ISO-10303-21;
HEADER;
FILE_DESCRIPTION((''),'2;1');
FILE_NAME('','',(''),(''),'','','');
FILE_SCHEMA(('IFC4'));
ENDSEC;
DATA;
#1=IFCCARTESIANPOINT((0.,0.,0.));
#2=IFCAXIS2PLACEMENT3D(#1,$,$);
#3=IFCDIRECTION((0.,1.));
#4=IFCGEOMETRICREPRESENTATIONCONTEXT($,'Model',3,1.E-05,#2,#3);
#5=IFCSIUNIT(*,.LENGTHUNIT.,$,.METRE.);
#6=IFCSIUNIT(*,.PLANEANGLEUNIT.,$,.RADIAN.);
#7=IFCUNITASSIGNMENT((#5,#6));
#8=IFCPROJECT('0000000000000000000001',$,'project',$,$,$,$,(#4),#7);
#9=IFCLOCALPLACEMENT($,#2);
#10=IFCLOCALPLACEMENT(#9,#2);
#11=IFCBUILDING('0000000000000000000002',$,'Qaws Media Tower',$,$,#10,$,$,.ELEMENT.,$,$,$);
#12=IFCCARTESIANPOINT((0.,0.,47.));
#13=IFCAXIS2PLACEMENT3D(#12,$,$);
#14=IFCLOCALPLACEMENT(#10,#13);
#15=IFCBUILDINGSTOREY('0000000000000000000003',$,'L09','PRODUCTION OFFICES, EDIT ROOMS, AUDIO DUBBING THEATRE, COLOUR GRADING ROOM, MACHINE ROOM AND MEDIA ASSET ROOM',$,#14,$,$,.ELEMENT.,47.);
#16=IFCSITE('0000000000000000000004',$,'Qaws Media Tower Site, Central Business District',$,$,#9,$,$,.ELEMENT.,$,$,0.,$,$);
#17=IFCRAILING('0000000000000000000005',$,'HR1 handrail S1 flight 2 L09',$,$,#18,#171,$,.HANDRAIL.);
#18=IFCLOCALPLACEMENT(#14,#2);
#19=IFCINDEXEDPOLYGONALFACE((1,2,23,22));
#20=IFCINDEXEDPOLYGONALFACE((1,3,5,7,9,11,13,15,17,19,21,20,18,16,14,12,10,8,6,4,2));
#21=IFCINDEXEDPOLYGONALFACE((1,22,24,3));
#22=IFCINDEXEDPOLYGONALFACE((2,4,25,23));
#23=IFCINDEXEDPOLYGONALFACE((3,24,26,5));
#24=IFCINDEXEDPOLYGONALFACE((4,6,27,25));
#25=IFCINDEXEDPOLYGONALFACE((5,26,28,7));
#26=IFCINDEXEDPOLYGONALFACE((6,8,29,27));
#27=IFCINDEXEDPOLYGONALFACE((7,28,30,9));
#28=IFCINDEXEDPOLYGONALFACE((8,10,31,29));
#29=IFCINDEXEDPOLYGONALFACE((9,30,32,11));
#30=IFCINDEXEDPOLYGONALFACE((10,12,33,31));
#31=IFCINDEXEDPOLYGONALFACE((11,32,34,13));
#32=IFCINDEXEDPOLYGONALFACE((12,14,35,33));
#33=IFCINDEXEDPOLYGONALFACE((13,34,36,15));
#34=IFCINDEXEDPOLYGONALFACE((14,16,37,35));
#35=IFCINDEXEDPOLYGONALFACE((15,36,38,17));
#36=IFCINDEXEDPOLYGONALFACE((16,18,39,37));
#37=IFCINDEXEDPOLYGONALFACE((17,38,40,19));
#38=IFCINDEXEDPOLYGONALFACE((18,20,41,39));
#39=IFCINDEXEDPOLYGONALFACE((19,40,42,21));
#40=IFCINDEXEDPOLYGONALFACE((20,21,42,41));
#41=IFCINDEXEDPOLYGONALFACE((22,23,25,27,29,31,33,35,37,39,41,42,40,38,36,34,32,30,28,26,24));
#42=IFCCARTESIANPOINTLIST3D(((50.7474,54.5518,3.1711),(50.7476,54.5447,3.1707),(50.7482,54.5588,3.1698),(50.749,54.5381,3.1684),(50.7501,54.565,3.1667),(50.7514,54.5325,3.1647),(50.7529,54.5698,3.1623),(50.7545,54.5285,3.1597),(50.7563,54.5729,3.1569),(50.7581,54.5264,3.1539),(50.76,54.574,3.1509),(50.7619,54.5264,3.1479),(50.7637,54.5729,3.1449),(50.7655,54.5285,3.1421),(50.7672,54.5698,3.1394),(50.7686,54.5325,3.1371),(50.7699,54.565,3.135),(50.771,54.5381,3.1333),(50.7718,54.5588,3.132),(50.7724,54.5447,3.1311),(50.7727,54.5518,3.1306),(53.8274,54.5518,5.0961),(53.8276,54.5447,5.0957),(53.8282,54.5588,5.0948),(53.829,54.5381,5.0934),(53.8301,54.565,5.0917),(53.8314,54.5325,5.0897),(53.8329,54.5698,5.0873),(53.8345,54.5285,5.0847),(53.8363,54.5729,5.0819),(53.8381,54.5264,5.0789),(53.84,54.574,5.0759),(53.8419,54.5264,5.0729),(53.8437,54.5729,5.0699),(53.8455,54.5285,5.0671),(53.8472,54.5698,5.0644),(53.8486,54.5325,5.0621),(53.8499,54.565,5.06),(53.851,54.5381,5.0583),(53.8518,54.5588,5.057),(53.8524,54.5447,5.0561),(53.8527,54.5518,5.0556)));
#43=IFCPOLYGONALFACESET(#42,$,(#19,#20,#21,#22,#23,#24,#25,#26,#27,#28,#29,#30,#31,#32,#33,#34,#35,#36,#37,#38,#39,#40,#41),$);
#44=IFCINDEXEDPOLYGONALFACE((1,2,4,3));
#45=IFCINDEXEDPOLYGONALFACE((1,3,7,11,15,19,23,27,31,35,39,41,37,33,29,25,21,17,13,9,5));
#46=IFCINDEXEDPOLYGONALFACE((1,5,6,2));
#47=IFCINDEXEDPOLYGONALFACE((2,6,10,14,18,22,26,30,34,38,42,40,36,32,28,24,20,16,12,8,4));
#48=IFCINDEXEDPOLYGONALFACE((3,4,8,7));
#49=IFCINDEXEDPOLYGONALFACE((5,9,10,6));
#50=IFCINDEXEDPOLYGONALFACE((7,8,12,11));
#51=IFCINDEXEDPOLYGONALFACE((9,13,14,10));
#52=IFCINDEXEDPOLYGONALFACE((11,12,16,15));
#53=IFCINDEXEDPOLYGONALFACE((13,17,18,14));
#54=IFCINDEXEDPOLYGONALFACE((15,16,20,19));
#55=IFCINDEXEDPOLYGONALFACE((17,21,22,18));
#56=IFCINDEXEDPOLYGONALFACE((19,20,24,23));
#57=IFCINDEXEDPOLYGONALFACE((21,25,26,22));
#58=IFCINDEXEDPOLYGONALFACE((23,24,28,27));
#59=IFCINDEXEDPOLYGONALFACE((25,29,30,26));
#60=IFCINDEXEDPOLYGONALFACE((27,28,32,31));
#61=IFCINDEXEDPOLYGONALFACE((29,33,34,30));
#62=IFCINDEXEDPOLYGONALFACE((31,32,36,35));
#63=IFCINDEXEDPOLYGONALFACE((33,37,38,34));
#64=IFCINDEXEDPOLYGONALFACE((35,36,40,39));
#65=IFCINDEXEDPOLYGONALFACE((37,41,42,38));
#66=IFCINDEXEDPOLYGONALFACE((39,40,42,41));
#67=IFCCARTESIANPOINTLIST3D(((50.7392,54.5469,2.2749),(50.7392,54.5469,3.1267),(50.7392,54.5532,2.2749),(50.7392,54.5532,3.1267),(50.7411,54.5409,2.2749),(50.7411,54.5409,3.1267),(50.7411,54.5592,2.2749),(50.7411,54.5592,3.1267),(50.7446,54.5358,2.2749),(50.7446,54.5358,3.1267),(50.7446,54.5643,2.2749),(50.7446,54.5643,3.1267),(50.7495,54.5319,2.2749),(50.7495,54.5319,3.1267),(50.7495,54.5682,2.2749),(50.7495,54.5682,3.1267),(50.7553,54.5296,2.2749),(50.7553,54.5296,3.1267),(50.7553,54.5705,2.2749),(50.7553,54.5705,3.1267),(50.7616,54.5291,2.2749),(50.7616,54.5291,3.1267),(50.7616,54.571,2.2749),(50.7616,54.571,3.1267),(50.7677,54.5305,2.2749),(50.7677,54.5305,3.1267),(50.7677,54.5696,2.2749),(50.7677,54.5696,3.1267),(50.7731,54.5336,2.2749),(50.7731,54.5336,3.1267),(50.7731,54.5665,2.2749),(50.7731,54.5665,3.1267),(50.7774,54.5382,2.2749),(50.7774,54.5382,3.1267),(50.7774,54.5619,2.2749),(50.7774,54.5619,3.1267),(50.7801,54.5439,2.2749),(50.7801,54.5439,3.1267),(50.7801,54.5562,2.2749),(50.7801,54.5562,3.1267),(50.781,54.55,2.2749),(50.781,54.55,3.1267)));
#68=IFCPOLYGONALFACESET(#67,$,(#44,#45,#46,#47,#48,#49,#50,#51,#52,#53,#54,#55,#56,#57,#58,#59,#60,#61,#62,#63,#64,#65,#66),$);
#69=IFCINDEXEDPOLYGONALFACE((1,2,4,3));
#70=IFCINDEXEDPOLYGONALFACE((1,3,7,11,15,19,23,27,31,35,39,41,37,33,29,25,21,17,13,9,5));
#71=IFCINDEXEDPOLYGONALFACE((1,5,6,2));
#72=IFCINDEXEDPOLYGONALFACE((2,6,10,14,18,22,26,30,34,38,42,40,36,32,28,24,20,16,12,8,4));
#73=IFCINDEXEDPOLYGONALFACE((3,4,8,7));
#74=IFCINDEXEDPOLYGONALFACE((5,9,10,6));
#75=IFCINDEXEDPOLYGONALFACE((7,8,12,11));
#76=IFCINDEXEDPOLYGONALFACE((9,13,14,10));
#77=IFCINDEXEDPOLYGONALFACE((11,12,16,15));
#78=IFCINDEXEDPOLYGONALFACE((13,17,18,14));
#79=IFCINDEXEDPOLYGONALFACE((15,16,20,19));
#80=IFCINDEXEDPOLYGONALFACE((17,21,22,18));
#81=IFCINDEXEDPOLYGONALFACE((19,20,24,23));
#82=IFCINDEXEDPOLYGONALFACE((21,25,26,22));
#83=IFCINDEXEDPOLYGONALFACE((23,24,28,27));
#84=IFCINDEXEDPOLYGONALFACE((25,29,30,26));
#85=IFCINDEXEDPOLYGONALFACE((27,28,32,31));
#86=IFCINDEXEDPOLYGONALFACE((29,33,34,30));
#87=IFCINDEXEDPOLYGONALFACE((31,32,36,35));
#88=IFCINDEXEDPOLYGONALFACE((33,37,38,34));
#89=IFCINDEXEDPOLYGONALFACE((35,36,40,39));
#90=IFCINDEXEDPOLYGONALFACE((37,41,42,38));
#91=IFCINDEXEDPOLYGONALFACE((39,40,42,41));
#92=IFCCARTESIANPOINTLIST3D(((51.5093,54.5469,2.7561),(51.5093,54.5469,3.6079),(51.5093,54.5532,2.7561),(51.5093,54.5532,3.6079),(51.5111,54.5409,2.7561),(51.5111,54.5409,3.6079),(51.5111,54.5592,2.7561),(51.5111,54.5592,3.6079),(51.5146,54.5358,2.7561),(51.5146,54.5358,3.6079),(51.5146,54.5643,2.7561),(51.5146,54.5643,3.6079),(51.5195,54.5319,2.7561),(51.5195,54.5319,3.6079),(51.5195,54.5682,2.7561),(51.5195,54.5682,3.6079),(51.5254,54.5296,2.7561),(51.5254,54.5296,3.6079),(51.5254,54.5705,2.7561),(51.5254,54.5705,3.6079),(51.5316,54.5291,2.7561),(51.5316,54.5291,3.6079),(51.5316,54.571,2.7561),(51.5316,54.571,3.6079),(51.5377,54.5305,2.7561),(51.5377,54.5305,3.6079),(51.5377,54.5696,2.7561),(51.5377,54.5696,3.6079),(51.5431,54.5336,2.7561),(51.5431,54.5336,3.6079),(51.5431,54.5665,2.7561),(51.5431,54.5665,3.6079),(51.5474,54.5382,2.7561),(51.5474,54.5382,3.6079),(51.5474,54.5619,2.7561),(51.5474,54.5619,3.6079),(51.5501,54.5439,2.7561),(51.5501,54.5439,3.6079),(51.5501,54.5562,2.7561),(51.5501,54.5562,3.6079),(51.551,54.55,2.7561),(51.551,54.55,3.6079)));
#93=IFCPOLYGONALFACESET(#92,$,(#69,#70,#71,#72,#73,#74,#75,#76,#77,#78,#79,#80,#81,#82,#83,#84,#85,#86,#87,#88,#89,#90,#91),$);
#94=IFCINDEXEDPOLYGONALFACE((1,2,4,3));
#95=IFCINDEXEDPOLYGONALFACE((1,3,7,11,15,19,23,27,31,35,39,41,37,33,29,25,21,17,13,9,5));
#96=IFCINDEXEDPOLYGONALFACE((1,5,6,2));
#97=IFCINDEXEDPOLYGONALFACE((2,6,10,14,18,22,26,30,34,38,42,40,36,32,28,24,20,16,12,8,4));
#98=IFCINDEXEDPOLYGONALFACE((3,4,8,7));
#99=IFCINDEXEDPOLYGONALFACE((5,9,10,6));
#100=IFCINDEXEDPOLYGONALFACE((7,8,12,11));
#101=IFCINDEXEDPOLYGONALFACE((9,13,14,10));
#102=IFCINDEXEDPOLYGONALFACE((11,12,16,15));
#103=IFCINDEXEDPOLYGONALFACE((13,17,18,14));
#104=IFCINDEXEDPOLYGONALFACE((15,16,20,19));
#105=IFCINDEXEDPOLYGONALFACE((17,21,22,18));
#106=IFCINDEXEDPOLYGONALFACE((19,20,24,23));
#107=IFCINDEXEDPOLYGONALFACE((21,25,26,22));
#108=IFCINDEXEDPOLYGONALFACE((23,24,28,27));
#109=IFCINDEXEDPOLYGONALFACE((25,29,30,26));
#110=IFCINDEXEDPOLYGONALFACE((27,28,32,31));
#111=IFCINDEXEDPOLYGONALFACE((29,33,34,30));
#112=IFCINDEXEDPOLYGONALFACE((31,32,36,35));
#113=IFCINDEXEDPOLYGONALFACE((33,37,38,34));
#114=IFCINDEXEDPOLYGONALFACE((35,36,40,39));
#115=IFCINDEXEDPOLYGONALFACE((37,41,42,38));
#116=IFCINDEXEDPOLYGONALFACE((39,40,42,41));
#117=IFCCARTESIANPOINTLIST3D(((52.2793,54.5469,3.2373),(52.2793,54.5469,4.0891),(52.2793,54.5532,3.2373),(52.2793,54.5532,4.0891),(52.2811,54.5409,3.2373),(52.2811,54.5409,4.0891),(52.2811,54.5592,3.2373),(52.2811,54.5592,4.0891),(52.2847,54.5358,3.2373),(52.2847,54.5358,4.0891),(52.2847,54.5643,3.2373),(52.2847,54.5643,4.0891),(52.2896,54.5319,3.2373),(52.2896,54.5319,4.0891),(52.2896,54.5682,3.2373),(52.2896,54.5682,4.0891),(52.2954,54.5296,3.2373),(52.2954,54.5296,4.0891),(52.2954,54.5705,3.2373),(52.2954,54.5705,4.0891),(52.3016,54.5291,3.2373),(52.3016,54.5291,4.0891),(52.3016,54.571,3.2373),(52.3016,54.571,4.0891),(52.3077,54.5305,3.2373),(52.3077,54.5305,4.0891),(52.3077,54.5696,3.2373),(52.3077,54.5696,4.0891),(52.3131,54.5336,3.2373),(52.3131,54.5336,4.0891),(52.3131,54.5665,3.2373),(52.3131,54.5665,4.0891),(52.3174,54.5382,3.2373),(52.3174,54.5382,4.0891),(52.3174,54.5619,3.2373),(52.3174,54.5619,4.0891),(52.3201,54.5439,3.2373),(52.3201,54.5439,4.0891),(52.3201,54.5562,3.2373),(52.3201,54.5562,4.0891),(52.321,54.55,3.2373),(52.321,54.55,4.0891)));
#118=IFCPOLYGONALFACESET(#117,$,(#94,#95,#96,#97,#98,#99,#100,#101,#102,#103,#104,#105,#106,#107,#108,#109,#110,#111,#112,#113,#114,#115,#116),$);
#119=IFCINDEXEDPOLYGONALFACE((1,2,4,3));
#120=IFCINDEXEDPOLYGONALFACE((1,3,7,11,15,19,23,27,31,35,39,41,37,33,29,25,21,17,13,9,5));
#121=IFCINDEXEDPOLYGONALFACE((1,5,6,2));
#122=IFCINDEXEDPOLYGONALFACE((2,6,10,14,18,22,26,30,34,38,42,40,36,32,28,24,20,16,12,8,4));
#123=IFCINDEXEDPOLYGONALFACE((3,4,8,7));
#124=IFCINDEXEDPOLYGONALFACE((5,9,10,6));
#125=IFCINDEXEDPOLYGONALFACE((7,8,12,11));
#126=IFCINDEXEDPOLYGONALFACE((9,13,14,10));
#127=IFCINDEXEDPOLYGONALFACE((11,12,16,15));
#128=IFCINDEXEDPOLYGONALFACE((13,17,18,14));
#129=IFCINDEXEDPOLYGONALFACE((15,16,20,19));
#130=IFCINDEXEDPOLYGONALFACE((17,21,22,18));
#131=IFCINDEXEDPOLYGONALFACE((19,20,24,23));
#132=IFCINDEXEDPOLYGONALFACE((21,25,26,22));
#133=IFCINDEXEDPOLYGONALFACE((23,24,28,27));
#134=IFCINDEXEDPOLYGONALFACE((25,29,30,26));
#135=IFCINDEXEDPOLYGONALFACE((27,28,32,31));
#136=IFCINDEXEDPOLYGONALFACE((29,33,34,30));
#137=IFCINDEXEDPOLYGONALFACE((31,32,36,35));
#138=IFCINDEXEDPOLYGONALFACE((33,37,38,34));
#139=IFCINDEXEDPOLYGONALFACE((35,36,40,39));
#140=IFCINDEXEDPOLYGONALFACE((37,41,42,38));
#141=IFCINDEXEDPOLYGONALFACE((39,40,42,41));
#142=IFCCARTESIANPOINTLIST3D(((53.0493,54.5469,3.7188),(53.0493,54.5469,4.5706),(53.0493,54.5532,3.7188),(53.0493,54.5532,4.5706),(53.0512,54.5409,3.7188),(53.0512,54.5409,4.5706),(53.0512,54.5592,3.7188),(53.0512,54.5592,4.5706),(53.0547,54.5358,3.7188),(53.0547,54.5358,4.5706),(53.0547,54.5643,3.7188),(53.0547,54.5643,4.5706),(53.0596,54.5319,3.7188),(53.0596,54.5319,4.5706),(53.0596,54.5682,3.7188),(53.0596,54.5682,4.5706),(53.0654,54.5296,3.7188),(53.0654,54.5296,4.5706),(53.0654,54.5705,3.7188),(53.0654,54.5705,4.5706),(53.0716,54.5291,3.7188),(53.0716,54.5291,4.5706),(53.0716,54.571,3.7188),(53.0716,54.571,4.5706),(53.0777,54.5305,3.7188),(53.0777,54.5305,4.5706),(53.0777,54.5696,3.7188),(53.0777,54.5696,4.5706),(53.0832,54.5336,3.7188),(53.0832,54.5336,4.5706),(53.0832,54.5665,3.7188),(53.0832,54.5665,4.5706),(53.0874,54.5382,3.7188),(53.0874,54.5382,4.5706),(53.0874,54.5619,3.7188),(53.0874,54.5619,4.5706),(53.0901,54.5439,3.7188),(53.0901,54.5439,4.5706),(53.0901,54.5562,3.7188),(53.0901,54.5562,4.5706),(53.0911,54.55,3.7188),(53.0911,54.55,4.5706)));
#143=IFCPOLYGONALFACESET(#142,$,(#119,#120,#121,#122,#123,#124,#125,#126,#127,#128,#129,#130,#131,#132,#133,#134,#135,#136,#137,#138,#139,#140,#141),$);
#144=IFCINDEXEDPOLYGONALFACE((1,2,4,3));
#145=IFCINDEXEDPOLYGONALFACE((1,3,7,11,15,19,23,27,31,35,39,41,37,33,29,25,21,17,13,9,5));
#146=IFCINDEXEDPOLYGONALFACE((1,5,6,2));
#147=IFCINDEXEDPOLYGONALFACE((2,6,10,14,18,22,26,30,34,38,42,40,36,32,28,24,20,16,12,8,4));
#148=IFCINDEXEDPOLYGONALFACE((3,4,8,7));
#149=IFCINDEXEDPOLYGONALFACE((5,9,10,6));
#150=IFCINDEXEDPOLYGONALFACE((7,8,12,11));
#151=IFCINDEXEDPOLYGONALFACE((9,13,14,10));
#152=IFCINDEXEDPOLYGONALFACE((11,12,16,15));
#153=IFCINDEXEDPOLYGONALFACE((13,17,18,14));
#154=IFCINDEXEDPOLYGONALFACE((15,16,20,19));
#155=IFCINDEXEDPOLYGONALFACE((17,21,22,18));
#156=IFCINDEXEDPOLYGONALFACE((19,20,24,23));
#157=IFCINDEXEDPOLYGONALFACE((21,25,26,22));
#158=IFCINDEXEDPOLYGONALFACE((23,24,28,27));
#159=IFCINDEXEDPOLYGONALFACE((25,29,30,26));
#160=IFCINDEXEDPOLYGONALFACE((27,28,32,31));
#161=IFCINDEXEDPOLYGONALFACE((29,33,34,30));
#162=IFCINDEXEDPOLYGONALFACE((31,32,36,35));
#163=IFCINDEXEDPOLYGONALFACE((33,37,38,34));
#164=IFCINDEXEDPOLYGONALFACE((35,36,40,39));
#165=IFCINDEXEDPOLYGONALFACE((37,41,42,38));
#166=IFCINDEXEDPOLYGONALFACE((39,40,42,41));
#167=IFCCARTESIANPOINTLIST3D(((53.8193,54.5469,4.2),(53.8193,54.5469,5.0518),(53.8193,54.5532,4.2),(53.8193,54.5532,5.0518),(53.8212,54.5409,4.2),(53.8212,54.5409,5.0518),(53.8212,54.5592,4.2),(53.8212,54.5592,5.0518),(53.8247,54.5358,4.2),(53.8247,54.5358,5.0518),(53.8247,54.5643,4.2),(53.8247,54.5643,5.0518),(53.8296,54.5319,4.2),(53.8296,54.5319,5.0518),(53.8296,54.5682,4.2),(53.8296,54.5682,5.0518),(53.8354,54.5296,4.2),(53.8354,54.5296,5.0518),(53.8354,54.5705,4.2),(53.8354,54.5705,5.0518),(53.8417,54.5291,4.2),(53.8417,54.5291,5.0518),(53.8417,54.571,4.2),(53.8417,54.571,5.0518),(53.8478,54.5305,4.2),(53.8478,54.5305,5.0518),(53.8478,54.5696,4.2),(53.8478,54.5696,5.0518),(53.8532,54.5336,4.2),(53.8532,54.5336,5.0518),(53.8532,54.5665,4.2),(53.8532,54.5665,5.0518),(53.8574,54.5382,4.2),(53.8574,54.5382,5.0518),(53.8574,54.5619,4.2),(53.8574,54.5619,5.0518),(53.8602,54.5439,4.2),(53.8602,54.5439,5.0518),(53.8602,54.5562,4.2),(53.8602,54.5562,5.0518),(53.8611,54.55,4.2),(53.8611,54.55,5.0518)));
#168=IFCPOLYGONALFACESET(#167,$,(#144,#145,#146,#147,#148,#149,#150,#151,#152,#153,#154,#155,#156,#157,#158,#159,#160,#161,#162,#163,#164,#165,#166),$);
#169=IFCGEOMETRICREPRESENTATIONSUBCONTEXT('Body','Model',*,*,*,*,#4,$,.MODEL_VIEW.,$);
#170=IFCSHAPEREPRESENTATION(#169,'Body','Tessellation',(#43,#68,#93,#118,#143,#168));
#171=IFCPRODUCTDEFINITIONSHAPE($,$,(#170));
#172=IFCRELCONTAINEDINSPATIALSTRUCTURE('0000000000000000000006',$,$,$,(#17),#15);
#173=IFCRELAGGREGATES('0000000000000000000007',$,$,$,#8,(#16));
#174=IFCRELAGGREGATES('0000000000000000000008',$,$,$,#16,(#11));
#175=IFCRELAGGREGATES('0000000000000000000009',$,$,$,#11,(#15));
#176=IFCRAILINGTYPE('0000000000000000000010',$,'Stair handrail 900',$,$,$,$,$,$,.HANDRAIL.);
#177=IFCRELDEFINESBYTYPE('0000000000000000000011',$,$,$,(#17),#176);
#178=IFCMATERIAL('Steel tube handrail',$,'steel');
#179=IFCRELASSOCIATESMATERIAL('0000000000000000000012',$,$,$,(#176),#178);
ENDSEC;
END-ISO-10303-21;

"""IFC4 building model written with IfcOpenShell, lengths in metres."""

from ifc_helpers import new_model, si_unit, direction, frame, origin, origin_2d, place, context, subcontext, project, spatial, circle, extrude, material, type_object, element, save


model = new_model("IFC4")

# Units and contexts
model_context = context("Model", 3, precision=1e-05, world=origin(), true_north=direction((0.0, 1.0)))
body_context = subcontext(model_context, "Body", "Model", "MODEL_VIEW")
ifc_project = project(units=[si_unit("LENGTHUNIT", "METRE"), si_unit("PLANEANGLEUNIT", "RADIAN")], contexts=[model_context])

# Site, building, storey
site_placement = place(None, origin())
site = spatial("IfcSite", under=ifc_project, at=site_placement, Name="Qaws Media Tower Site, Central Business District", CompositionType="ELEMENT", RefElevation=0.0)
building_placement = place(site_placement, origin())
building = spatial("IfcBuilding", under=site, at=building_placement, Name="Qaws Media Tower", CompositionType="ELEMENT")
storey_placement = place(building_placement, frame((0.0, 0.0, 47.0)))
storey = spatial("IfcBuildingStorey", under=building, at=storey_placement, Name="L09", Description="PRODUCTION OFFICES, EDIT ROOMS, AUDIO DUBBING THEATRE, COLOUR GRADING ROOM, MACHINE ROOM AND MEDIA ASSET ROOM", CompositionType="ELEMENT", Elevation=47.0)

# Railing
ifc_material_1 = material(Name="Steel tube handrail", Category="steel")
railing_type = type_object("IfcRailingType", Name="Stair handrail 900", PredefinedType="HANDRAIL", material=ifc_material_1)
for number, where, name in (
    (1, (50.76, 54.55, 2.2749), "HR1 handrail S1 flight 2 L09"),
):
    element("IfcRailing", number, at=place(storey_placement, frame(where)), inside=storey, type_object=railing_type, Name=name, PredefinedType="HANDRAIL", context=body_context, shape_type="SweptSolid", body=[
        extrude(circle(Radius=0.0239, at=origin_2d()), frame((0.0, 0.0, 0.876), z_axis=(0.847998, 0.0, 0.529999), x_axis=(0.0, 1.0, 0.0)), (0.0, 0.0, 1.0), 3.6321),
        extrude(circle(Radius=0.021, at=origin_2d()), origin(), (0.0, 0.0, 1.0), 0.8518),
        extrude(circle(Radius=0.021, at=origin_2d()), frame((0.77, 0.0, 0.4812)), (0.0, 0.0, 1.0), 0.8518),
        extrude(circle(Radius=0.021, at=origin_2d()), frame((1.54, 0.0, 0.9624)), (0.0, 0.0, 1.0), 0.8518),
        extrude(circle(Radius=0.021, at=origin_2d()), frame((2.3101, 0.0, 1.4438)), (0.0, 0.0, 1.0), 0.8518),
        extrude(circle(Radius=0.021, at=origin_2d()), frame((3.0801, 0.0, 1.925)), (0.0, 0.0, 1.0), 0.8518),
    ])

save(model, "model.ifc")
